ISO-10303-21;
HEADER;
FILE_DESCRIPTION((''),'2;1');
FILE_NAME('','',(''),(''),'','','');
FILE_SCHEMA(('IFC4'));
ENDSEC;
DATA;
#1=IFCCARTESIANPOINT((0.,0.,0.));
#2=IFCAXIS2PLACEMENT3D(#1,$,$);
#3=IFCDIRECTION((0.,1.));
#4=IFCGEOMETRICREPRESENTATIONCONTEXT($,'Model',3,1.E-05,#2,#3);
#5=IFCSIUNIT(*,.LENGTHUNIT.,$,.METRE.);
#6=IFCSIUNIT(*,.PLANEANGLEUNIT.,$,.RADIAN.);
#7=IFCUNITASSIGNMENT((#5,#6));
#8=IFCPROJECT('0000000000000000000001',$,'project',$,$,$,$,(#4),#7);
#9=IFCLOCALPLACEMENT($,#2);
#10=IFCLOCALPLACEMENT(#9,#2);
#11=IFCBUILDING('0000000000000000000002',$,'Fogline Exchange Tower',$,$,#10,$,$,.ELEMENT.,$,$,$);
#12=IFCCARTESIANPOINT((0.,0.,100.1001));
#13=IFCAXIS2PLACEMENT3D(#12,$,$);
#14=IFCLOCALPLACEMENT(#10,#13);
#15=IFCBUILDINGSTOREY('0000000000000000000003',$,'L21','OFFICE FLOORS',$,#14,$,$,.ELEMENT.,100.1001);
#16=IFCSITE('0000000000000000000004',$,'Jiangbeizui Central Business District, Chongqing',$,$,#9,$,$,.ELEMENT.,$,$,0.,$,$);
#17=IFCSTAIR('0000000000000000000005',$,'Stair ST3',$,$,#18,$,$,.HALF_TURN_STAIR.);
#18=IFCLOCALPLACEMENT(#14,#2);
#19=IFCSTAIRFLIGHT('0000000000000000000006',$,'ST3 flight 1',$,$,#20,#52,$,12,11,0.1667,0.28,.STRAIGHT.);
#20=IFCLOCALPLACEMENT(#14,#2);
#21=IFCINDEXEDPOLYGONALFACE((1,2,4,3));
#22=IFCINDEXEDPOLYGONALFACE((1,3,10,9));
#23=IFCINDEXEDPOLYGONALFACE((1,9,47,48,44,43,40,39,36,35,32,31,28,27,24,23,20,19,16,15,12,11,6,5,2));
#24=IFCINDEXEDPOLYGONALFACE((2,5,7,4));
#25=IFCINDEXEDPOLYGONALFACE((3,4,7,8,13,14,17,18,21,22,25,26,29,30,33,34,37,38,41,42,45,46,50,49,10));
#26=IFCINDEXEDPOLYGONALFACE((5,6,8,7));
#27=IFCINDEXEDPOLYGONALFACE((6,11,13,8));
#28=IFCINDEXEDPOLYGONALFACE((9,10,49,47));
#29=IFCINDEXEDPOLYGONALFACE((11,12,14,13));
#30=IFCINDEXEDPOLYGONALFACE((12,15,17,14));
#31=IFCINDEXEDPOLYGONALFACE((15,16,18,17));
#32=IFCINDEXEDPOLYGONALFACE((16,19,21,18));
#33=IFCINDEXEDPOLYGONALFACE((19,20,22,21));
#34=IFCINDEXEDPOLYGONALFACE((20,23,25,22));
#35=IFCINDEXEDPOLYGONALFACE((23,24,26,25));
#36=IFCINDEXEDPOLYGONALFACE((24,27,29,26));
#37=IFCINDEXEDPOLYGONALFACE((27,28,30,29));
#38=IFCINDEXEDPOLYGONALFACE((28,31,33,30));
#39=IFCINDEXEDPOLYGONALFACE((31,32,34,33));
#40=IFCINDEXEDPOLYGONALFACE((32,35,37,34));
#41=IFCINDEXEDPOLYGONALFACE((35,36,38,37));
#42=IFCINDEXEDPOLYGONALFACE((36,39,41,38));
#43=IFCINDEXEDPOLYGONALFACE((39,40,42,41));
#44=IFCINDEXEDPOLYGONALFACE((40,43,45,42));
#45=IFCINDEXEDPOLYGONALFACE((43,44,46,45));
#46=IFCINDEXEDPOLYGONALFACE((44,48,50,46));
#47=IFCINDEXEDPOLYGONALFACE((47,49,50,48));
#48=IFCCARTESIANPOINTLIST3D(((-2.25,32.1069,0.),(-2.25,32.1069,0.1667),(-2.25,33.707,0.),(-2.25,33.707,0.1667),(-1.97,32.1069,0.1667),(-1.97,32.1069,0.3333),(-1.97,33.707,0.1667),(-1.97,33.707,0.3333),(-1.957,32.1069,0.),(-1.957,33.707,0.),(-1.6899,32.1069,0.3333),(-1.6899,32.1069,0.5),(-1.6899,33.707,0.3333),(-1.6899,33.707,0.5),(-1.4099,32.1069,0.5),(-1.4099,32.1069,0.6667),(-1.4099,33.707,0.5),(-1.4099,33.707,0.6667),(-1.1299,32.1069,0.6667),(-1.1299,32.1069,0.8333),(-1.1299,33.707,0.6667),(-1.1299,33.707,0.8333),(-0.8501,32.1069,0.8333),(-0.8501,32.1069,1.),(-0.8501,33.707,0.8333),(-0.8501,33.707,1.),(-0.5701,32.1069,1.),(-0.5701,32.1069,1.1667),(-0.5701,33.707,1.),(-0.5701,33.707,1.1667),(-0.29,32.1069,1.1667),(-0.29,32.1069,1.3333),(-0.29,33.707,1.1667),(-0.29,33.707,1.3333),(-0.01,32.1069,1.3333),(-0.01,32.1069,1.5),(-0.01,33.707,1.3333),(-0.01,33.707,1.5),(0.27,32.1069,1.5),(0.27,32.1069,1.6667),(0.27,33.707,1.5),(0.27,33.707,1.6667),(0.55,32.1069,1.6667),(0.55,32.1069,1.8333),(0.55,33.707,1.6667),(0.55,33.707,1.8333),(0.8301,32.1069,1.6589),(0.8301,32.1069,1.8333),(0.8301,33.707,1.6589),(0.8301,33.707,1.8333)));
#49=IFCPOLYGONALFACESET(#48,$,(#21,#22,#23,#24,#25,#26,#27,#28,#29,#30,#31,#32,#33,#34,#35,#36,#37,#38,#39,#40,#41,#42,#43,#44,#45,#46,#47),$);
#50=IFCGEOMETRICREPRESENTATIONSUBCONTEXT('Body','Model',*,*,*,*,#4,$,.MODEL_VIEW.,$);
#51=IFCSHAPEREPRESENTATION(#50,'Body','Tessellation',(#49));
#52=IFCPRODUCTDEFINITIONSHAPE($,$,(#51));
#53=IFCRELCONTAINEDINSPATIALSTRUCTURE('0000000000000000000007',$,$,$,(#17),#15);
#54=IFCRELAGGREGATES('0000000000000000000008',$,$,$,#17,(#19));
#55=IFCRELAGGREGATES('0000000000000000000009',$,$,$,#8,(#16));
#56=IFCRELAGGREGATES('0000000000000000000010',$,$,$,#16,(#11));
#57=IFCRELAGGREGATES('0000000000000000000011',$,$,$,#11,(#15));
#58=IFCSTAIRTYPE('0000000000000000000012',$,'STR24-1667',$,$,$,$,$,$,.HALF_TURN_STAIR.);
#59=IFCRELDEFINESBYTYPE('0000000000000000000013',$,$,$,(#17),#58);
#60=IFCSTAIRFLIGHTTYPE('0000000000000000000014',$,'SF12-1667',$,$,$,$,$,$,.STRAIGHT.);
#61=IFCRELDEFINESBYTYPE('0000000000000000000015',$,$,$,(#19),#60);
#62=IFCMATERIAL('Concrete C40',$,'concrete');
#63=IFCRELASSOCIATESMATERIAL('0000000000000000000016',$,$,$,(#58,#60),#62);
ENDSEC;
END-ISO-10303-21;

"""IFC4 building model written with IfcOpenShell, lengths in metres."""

from ifc_helpers import new_model, si_unit, direction, frame, origin, place, context, subcontext, project, spatial, polyline, outline, extrude, material, type_object, element, aggregate, save


model = new_model("IFC4")

# Units and contexts
model_context = context("Model", 3, precision=1e-05, world=origin(), true_north=direction((0.0, 1.0)))
body_context = subcontext(model_context, "Body", "Model", "MODEL_VIEW")
ifc_project = project(units=[si_unit("LENGTHUNIT", "METRE"), si_unit("PLANEANGLEUNIT", "RADIAN")], contexts=[model_context])

# Site, building, storey
site_placement = place(None, origin())
site = spatial("IfcSite", under=ifc_project, at=site_placement, Name="Jiangbeizui Central Business District, Chongqing", CompositionType="ELEMENT", RefElevation=0.0)
building_placement = place(site_placement, origin())
building = spatial("IfcBuilding", under=site, at=building_placement, Name="Fogline Exchange Tower", CompositionType="ELEMENT")
storey_placement = place(building_placement, frame((0.0, 0.0, 100.1001)))
storey = spatial("IfcBuildingStorey", under=building, at=storey_placement, Name="L21", Description="OFFICE FLOORS", CompositionType="ELEMENT", Elevation=100.1001)

# Shared definitions
ifc_material_1 = material(Name="Concrete C40", Category="concrete")

# Stair, stair flight
stair_type = type_object("IfcStairType", Name="STR24-1667", PredefinedType="HALF_TURN_STAIR", material=ifc_material_1)
stair_placement = place(storey_placement, origin())
stair = element("IfcStair", 1, at=stair_placement, inside=storey, type_object=stair_type, Name="Stair ST3", PredefinedType="HALF_TURN_STAIR")
stair_flight_type = type_object("IfcStairFlightType", Name="SF12-1667", PredefinedType="STRAIGHT", material=ifc_material_1)
stair_flight_placement = place(storey_placement, frame((-2.25, 32.907, 0.0), z_axis=(0.0, 0.0, 1.0), x_axis=(1.0, 0.0, 0.0)))
stair_flight = element("IfcStairFlight", 2, at=stair_flight_placement, type_object=stair_flight_type, Name="ST3 flight 1", NumberOfRisers=12, NumberOfTreads=11, PredefinedType="STRAIGHT", RiserHeight=0.1667, TreadLength=0.28, context=body_context, shape_type="SweptSolid", body=[
    extrude(outline(polyline([(0.0, 0.0), (0.0, 0.1667), (0.28, 0.1667), (0.28, 0.3333), (0.5601, 0.3333), (0.5601, 0.5), (0.8401, 0.5), (0.8401, 0.6667), (1.1201, 0.6667), (1.1201, 0.8333), (1.3999, 0.8333), (1.3999, 1.0), (1.6799, 1.0), (1.6799, 1.1667), (1.96, 1.1667), (1.96, 1.3333), (2.24, 1.3333), (2.24, 1.5), (2.52, 1.5), (2.52, 1.6667), (2.8, 1.6667), (2.8, 1.8333), (3.0801, 1.8333), (3.0801, 2.0), (3.0801, 1.6589), (0.293, 0.0), (0.0, 0.0)])), frame((0.0, 0.8, 0.0), z_axis=(0.0, -1.0, 0.0), x_axis=(1.0, 0.0, 0.0)), (0.0, 0.0, 1.0), 1.6001),
])
aggregate(stair, [stair_flight])

save(model, "model.ifc")
